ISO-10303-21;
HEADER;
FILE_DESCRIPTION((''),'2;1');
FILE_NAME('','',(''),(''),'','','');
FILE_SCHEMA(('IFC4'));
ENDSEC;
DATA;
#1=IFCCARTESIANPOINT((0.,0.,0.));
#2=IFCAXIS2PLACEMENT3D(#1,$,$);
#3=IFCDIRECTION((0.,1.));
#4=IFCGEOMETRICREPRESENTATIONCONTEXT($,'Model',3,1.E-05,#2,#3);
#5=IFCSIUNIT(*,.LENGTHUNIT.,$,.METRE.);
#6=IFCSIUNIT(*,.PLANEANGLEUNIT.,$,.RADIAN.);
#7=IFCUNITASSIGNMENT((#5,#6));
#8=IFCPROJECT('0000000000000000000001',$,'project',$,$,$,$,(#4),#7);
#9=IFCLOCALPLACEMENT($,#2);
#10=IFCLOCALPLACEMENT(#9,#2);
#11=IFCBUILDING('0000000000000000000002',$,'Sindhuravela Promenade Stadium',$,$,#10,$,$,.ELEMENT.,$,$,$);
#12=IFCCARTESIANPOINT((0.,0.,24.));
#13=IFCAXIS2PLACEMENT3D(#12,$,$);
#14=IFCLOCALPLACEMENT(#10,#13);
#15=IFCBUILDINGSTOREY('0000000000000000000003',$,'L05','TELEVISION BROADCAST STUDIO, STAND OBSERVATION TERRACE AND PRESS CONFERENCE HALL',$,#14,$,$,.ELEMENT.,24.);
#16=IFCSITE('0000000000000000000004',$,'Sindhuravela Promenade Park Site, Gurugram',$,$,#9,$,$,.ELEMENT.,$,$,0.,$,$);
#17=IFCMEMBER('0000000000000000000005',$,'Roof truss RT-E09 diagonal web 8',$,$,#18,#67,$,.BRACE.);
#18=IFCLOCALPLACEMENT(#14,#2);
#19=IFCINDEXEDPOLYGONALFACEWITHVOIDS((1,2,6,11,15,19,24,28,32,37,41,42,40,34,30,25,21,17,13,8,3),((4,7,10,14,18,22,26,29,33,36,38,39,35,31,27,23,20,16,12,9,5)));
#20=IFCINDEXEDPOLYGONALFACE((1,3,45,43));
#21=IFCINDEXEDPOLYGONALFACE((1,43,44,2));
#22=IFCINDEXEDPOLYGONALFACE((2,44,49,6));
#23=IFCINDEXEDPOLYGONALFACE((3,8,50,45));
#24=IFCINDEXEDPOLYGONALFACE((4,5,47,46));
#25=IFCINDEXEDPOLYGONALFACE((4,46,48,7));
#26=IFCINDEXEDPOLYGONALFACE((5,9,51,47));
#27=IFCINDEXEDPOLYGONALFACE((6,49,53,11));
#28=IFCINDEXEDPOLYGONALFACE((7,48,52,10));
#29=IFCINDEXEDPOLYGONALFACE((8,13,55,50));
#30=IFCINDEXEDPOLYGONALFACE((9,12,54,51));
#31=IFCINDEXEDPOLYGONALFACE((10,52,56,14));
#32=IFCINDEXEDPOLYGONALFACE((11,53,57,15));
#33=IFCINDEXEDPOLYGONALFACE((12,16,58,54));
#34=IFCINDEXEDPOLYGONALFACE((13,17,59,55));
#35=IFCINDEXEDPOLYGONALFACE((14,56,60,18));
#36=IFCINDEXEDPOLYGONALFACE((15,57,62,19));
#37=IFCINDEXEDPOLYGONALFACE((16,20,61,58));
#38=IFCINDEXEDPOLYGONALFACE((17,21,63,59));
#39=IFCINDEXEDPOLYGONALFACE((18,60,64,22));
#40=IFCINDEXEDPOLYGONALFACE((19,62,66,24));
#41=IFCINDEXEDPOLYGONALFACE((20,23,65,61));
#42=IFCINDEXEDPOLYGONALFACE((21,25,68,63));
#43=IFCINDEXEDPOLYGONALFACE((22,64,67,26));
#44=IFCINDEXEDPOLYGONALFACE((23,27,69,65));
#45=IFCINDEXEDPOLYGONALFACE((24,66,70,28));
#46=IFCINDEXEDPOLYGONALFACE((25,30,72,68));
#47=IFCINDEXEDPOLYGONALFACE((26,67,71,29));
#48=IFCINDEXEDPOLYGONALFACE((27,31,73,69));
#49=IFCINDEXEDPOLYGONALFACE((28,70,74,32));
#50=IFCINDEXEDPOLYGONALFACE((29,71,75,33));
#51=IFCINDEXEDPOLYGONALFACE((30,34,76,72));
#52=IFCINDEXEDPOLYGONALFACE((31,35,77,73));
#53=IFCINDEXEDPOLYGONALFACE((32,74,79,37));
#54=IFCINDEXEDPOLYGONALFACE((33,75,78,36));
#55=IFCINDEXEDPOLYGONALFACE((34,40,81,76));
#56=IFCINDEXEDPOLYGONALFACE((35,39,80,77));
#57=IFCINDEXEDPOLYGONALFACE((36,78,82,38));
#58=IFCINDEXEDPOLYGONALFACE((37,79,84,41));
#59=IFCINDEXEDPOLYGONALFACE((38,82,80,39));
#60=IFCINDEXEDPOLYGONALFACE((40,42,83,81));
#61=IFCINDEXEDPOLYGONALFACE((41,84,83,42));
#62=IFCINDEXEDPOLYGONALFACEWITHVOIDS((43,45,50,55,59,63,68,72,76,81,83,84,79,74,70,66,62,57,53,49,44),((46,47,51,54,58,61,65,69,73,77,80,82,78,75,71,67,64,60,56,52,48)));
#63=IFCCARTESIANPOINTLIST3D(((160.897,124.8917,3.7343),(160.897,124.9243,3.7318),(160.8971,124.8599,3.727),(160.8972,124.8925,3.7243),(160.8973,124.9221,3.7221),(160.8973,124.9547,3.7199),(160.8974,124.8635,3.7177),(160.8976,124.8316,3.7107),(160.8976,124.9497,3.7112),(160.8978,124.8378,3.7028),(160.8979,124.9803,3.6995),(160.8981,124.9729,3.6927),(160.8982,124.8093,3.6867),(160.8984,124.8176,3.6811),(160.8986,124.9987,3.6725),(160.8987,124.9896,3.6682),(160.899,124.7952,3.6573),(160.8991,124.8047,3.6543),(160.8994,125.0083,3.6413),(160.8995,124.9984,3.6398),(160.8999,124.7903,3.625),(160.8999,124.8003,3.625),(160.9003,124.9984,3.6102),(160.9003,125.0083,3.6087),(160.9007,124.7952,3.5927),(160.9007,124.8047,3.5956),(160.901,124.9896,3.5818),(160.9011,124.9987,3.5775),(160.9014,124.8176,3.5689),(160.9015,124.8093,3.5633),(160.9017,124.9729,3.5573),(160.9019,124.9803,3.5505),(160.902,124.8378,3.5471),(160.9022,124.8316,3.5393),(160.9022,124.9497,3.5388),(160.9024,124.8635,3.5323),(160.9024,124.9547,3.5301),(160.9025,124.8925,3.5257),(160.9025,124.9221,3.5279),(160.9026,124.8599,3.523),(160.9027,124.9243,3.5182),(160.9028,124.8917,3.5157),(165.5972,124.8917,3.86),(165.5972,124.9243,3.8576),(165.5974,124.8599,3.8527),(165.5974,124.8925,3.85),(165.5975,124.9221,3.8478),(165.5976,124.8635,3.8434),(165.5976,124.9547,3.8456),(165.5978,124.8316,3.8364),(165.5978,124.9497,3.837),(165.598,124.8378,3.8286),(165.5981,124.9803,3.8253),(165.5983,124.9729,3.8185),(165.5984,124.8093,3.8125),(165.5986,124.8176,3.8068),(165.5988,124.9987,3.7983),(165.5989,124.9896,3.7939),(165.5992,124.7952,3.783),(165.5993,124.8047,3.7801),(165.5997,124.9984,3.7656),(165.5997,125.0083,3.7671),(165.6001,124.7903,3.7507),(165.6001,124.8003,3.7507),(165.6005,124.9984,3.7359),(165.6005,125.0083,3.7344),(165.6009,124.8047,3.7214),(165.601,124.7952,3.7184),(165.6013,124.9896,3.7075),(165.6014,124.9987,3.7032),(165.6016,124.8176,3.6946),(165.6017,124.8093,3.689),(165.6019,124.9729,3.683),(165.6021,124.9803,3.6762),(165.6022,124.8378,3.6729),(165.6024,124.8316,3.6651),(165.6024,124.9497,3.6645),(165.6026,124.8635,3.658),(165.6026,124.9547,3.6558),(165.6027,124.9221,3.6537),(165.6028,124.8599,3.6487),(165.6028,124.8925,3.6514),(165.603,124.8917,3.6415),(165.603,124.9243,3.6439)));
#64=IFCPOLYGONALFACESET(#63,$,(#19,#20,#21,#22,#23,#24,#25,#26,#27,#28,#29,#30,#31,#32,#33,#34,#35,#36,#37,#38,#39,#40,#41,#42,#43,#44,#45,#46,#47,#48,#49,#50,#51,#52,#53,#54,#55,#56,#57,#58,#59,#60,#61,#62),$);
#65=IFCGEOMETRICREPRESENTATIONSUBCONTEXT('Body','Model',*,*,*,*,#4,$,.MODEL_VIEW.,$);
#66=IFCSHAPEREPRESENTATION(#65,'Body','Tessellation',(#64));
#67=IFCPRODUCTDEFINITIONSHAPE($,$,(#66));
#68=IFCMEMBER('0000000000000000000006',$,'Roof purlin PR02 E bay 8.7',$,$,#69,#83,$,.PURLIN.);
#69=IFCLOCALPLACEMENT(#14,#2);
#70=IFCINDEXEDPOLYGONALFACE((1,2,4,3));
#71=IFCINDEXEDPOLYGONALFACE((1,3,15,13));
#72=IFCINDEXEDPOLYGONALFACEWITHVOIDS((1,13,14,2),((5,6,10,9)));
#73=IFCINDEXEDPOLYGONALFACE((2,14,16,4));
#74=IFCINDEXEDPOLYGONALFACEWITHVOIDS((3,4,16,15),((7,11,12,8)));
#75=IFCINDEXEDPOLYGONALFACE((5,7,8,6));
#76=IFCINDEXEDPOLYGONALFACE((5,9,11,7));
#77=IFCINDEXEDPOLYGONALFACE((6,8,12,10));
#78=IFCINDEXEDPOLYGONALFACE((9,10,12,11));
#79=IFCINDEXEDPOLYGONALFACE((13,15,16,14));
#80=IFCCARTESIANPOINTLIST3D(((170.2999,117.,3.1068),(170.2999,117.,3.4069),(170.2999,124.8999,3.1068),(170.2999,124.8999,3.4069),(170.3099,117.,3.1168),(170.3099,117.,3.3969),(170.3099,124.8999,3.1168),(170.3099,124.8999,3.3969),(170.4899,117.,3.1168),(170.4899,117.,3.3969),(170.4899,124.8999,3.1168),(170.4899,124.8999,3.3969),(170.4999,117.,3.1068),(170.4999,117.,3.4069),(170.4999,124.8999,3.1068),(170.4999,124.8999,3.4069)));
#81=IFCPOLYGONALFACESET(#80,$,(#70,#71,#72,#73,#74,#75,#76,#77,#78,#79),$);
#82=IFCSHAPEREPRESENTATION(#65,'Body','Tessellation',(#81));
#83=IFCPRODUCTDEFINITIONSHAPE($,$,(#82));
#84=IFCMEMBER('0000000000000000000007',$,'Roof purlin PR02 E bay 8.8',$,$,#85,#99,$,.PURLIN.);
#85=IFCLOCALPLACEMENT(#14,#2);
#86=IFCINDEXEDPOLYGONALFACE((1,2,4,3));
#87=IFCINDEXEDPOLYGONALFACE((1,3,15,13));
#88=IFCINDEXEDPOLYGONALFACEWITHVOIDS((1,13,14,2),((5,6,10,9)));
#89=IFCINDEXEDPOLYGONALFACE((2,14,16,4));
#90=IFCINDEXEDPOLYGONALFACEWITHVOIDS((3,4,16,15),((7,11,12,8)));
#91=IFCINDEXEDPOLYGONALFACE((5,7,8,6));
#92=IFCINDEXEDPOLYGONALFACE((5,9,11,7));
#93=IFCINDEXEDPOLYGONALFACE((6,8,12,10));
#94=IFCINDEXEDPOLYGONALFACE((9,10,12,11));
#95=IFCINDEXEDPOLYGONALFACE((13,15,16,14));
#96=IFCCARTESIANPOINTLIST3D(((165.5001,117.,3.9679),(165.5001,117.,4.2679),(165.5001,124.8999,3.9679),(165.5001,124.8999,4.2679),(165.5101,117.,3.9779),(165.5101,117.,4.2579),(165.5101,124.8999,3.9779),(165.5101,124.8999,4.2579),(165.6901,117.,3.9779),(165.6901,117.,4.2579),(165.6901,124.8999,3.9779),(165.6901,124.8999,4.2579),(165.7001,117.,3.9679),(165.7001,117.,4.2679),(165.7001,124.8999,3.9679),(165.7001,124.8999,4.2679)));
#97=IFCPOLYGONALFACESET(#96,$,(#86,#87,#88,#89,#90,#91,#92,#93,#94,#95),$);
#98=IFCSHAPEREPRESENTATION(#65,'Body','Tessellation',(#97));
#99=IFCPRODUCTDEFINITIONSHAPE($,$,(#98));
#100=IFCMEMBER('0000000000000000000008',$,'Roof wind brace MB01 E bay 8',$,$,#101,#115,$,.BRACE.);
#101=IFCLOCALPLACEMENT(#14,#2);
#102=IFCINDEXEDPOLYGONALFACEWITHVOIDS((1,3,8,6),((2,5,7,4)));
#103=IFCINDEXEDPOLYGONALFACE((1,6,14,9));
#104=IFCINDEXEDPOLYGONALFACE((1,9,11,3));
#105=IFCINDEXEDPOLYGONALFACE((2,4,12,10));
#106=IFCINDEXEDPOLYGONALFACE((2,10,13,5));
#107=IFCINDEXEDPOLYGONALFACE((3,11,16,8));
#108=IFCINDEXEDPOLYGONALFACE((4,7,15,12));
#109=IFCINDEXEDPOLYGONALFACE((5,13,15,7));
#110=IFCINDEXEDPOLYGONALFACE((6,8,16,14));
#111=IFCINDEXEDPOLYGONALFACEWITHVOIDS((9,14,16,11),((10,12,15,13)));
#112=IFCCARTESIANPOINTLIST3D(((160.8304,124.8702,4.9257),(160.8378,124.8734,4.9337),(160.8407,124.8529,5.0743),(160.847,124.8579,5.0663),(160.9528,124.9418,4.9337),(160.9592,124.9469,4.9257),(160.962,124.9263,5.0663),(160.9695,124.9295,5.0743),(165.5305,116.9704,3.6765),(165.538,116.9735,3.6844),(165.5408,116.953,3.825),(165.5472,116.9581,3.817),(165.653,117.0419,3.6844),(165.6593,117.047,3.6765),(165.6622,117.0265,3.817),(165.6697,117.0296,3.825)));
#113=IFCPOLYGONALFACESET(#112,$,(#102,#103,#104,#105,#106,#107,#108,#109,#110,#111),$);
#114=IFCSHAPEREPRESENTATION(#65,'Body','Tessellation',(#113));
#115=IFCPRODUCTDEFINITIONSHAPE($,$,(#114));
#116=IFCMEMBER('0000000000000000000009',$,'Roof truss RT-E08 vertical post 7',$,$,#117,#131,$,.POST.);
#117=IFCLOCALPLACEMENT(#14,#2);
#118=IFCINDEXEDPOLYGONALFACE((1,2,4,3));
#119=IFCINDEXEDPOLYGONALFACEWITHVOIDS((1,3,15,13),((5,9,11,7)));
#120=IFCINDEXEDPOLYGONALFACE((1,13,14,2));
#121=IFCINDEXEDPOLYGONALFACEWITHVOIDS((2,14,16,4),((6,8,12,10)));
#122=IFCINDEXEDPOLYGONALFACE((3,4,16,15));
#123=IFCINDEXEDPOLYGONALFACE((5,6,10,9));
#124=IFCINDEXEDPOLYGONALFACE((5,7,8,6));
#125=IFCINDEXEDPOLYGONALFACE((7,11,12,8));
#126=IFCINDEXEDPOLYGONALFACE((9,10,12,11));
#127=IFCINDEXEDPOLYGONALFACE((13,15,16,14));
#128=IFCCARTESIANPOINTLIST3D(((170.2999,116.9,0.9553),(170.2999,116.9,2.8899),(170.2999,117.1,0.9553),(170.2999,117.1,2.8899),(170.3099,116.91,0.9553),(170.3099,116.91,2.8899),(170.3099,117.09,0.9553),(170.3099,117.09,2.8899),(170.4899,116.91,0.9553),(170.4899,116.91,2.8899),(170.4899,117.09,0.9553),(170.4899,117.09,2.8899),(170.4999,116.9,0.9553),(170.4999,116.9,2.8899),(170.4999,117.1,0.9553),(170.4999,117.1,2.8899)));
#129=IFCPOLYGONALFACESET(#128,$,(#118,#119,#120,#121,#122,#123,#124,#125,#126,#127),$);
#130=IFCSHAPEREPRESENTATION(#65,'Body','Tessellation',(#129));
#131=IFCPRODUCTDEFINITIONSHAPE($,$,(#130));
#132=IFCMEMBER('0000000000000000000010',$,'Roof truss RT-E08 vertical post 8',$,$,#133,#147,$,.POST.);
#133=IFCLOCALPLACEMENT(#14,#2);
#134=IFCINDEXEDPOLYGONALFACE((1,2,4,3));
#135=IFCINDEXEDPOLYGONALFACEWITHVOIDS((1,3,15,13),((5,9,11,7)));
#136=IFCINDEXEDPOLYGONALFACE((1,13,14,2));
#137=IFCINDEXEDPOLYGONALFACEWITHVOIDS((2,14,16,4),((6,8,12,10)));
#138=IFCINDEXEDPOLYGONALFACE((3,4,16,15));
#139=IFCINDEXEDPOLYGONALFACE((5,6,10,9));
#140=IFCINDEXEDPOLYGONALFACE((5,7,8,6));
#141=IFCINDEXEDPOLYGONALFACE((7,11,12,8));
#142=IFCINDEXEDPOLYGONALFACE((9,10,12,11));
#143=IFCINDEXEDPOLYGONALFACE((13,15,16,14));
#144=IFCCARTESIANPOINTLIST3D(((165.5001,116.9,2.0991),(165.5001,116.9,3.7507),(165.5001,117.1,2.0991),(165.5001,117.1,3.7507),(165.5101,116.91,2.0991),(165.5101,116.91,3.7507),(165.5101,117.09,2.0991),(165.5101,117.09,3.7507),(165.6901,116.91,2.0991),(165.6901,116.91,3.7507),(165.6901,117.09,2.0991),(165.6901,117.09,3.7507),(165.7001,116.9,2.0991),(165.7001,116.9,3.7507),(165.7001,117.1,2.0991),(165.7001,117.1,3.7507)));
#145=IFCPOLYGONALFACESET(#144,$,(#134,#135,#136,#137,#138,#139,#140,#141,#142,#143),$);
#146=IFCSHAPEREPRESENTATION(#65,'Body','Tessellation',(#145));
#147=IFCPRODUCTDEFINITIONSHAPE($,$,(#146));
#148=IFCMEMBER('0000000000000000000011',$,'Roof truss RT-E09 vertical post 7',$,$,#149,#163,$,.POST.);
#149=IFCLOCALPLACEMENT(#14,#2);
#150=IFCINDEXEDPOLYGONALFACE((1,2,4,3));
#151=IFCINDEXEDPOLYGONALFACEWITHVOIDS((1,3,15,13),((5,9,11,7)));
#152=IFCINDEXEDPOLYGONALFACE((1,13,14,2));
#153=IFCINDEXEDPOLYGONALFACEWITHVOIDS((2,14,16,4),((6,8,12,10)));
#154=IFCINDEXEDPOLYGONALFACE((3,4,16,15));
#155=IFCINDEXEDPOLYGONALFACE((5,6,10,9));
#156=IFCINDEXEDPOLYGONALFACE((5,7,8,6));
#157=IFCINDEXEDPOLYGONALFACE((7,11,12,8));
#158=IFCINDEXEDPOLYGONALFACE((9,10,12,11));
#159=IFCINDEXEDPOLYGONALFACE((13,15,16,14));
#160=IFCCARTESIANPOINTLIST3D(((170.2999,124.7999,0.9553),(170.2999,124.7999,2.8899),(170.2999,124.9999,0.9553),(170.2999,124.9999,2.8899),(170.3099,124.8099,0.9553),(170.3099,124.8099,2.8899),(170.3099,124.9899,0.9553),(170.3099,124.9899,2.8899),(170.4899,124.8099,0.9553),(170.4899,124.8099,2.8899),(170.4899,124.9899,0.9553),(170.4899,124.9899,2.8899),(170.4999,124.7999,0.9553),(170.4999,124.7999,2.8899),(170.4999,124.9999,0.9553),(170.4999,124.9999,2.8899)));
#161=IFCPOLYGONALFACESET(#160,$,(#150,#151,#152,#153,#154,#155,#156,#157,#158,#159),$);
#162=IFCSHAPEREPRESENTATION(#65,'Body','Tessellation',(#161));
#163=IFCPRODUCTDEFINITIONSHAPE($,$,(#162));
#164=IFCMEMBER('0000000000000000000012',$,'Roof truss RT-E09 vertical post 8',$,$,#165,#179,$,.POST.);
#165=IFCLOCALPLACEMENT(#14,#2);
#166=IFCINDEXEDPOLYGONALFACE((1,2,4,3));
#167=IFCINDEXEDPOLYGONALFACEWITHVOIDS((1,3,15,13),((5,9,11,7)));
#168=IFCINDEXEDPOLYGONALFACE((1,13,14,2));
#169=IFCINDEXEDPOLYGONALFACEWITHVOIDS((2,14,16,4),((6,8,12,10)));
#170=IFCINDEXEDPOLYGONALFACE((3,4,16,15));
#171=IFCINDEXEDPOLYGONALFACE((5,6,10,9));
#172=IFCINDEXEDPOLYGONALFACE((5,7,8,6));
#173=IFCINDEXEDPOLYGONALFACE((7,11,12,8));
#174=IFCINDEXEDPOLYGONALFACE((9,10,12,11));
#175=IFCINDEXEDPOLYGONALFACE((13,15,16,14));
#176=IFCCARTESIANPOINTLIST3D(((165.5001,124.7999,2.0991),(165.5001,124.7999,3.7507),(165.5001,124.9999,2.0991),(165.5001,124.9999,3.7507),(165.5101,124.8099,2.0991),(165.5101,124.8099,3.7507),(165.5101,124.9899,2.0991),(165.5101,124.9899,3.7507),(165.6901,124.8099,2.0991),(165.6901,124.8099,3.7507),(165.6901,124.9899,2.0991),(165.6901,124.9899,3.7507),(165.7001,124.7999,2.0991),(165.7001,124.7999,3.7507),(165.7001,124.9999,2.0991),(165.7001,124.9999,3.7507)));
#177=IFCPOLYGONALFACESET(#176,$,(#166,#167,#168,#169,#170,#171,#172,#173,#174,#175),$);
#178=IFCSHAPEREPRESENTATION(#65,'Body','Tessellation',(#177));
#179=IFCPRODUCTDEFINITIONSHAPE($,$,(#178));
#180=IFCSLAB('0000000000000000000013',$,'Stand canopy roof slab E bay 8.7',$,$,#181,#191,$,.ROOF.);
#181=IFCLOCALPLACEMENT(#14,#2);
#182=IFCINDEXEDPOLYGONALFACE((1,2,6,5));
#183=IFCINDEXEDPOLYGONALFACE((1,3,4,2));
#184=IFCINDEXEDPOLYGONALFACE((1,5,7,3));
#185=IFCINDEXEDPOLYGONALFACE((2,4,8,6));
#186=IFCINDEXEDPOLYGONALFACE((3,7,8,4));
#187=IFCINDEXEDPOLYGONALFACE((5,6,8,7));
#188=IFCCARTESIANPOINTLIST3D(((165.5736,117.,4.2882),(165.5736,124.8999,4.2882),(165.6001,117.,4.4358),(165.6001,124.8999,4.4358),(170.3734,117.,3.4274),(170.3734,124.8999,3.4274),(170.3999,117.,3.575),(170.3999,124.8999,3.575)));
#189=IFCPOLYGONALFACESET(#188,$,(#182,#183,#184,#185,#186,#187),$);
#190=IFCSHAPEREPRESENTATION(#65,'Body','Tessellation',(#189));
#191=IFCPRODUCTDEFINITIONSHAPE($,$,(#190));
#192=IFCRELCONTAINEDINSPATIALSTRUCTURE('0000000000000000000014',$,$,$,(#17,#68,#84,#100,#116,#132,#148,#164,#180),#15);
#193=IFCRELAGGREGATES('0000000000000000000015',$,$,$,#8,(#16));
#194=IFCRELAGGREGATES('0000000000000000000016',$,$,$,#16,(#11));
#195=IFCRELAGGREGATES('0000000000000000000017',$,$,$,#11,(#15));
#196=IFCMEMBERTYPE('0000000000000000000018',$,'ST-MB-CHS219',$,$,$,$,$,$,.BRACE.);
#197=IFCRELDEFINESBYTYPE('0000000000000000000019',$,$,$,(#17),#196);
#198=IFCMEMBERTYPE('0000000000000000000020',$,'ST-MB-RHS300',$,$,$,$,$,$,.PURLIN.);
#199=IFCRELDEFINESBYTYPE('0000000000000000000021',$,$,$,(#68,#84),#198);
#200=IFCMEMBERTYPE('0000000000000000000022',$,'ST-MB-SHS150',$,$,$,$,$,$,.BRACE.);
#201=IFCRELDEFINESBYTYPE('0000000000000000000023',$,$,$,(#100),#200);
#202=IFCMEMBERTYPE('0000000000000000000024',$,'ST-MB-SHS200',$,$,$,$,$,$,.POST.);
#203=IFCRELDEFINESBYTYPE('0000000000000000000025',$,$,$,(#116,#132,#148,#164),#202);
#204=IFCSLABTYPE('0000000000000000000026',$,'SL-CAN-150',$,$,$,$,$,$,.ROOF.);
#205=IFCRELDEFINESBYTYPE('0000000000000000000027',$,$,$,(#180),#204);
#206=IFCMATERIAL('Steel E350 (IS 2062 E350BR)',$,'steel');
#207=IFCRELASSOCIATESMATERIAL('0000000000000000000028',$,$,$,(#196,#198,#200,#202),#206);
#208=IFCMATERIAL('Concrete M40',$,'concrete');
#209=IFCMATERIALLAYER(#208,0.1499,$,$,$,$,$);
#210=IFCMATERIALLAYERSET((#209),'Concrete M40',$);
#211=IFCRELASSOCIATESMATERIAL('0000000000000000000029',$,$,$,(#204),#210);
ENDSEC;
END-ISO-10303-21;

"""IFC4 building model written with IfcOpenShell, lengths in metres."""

from ifc_helpers import new_model, si_unit, direction, frame, origin, origin_2d, place, context, subcontext, project, spatial, polyline, hollow_rectangle, hollow_circle, outline, extrude, material, layer, layer_set, material_profile, profile_set, type_object, element, save


model = new_model("IFC4")

# Units and contexts
model_context = context("Model", 3, precision=1e-05, world=origin(), true_north=direction((0.0, 1.0)))
body_context = subcontext(model_context, "Body", "Model", "MODEL_VIEW")
ifc_project = project(units=[si_unit("LENGTHUNIT", "METRE"), si_unit("PLANEANGLEUNIT", "RADIAN")], contexts=[model_context])

# Site, building, storey
site_placement = place(None, origin())
site = spatial("IfcSite", under=ifc_project, at=site_placement, Name="Sindhuravela Promenade Park Site, Gurugram", CompositionType="ELEMENT", RefElevation=0.0)
building_placement = place(site_placement, origin())
building = spatial("IfcBuilding", under=site, at=building_placement, Name="Sindhuravela Promenade Stadium", CompositionType="ELEMENT")
storey_placement = place(building_placement, frame((0.0, 0.0, 24.0)))
storey = spatial("IfcBuildingStorey", under=building, at=storey_placement, Name="L05", Description="TELEVISION BROADCAST STUDIO, STAND OBSERVATION TERRACE AND PRESS CONFERENCE HALL", CompositionType="ELEMENT", Elevation=24.0)

# Shared definitions
ifc_material_1 = material(Name="Steel E350 (IS 2062 E350BR)", Category="steel")

# Members
ifc_material_profile_1 = material_profile(ifc_material_1, hollow_circle(Radius=0.1096, WallThickness=0.01, at=origin_2d()), Name="CHS 219.1x10")
ifc_profile_set_1 = profile_set([ifc_material_profile_1], Name="Steel E350 (IS 2062 E350BR)")
member_type_1 = type_object("IfcMemberType", Name="ST-MB-CHS219", PredefinedType="BRACE", material=ifc_profile_set_1)
member_1_placement = place(storey_placement, frame((165.6001, 124.8999, 3.7507), z_axis=(-0.999642, 0.0, -0.026741), x_axis=(0.0, -1.0, 0.0)))
element("IfcMember", 1, at=member_1_placement, inside=storey, type_object=member_type_1, Name="Roof truss RT-E09 diagonal web 8", PredefinedType="BRACE", context=body_context, shape_type="SweptSolid", body=[
    extrude(hollow_circle(Radius=0.1096, WallThickness=0.01, at=origin_2d()), origin(), (0.0, 0.0, 1.0), 4.7019),
])
ifc_material_profile_2 = material_profile(ifc_material_1, hollow_rectangle(XDim=0.2, YDim=0.3, WallThickness=0.01, at=origin_2d()), Name="RHS 300x200x10")
ifc_profile_set_2 = profile_set([ifc_material_profile_2], Name="Steel E350 (IS 2062 E350BR)")
member_type_2 = type_object("IfcMemberType", Name="ST-MB-RHS300", PredefinedType="PURLIN", material=ifc_profile_set_2)
for number, where, z_axis, x_axis, name in (
    (2, (170.3999, 117.0, 3.2568), (0.0, 1.0, 0.0), (-1.0, 0.0, 0.0), "Roof purlin PR02 E bay 8.7"),
    (3, (165.6001, 117.0, 4.1179), (0.0, 1.0, 0.0), (-1.0, 0.0, 0.0), "Roof purlin PR02 E bay 8.8"),
):
    element("IfcMember", number, at=place(storey_placement, frame(where, z_axis=z_axis, x_axis=x_axis)), inside=storey, type_object=member_type_2, Name=name, PredefinedType="PURLIN", context=body_context, shape_type="SweptSolid", body=[
        extrude(hollow_rectangle(XDim=0.2, YDim=0.3, WallThickness=0.01, at=origin_2d()), origin(), (0.0, 0.0, 1.0), 7.8999),
    ])
ifc_material_profile_3 = material_profile(ifc_material_1, hollow_rectangle(XDim=0.1499, YDim=0.1499, WallThickness=0.0081, at=origin_2d()), Name="SHS 150x150x8")
ifc_profile_set_3 = profile_set([ifc_material_profile_3], Name="Steel E350 (IS 2062 E350BR)")
member_type_3 = type_object("IfcMemberType", Name="ST-MB-SHS150", PredefinedType="BRACE", material=ifc_profile_set_3)
member_2_placement = place(storey_placement, frame((165.6001, 117.0, 3.7507), z_axis=(-0.506656, 0.851567, 0.134664), x_axis=(-0.859395, -0.511313, 0.0)))
element("IfcMember", 4, at=member_2_placement, inside=storey, type_object=member_type_3, Name="Roof wind brace MB01 E bay 8", PredefinedType="BRACE", context=body_context, shape_type="SweptSolid", body=[
    extrude(hollow_rectangle(XDim=0.1499, YDim=0.1499, WallThickness=0.0081, at=origin_2d()), origin(), (0.0, 0.0, 1.0), 9.2769),
])
ifc_material_profile_4 = material_profile(ifc_material_1, hollow_rectangle(XDim=0.2, YDim=0.2, WallThickness=0.01, at=origin_2d()), Name="SHS 200x200x10")
ifc_profile_set_4 = profile_set([ifc_material_profile_4], Name="Steel E350 (IS 2062 E350BR)")
member_type_4 = type_object("IfcMemberType", Name="ST-MB-SHS200", PredefinedType="POST", material=ifc_profile_set_4)
member_3_placement = place(storey_placement, frame((170.3999, 117.0, 0.9553), z_axis=(0.0, 0.0, 1.0), x_axis=(1.0, 0.0, 0.0)))
element("IfcMember", 5, at=member_3_placement, inside=storey, type_object=member_type_4, Name="Roof truss RT-E08 vertical post 7", PredefinedType="POST", context=body_context, shape_type="SweptSolid", body=[
    extrude(hollow_rectangle(XDim=0.2, YDim=0.2, WallThickness=0.01, at=origin_2d()), origin(), (0.0, 0.0, 1.0), 1.9346),
])
member_4_placement = place(storey_placement, frame((165.6001, 117.0, 2.0991), z_axis=(0.0, 0.0, 1.0), x_axis=(1.0, 0.0, 0.0)))
element("IfcMember", 6, at=member_4_placement, inside=storey, type_object=member_type_4, Name="Roof truss RT-E08 vertical post 8", PredefinedType="POST", context=body_context, shape_type="SweptSolid", body=[
    extrude(hollow_rectangle(XDim=0.2, YDim=0.2, WallThickness=0.01, at=origin_2d()), origin(), (0.0, 0.0, 1.0), 1.6516),
])
member_5_placement = place(storey_placement, frame((170.3999, 124.8999, 0.9553), z_axis=(0.0, 0.0, 1.0), x_axis=(1.0, 0.0, 0.0)))
element("IfcMember", 7, at=member_5_placement, inside=storey, type_object=member_type_4, Name="Roof truss RT-E09 vertical post 7", PredefinedType="POST", context=body_context, shape_type="SweptSolid", body=[
    extrude(hollow_rectangle(XDim=0.2, YDim=0.2, WallThickness=0.01, at=origin_2d()), origin(), (0.0, 0.0, 1.0), 1.9346),
])
member_6_placement = place(storey_placement, frame((165.6001, 124.8999, 2.0991), z_axis=(0.0, 0.0, 1.0), x_axis=(1.0, 0.0, 0.0)))
element("IfcMember", 8, at=member_6_placement, inside=storey, type_object=member_type_4, Name="Roof truss RT-E09 vertical post 8", PredefinedType="POST", context=body_context, shape_type="SweptSolid", body=[
    extrude(hollow_rectangle(XDim=0.2, YDim=0.2, WallThickness=0.01, at=origin_2d()), origin(), (0.0, 0.0, 1.0), 1.6516),
])

# Slab
ifc_material_2 = material(Name="Concrete M40", Category="concrete")
ifc_layer_1 = layer(ifc_material_2, 0.1499)
ifc_layer_set_1 = layer_set([ifc_layer_1], Name="Concrete M40")
slab_type = type_object("IfcSlabType", Name="SL-CAN-150", PredefinedType="ROOF", material=ifc_layer_set_1)
slab_1_placement = place(storey_placement, frame((170.3999, 117.0, 3.575), z_axis=(0.176532, 0.0, 0.984295), x_axis=(0.0, 1.0, 0.0)))
element("IfcSlab", 9, at=slab_1_placement, inside=storey, type_object=slab_type, Name="Stand canopy roof slab E bay 8.7", PredefinedType="ROOF", context=body_context, shape_type="SweptSolid", body=[
    extrude(outline(polyline([(0.0, 0.0), (7.8999, 0.0), (7.8999, 4.8764), (0.0, 4.8764), (0.0, 0.0)])), origin(), (0.0, 0.0, -1.0), 0.1499),
])

save(model, "model.ifc")
